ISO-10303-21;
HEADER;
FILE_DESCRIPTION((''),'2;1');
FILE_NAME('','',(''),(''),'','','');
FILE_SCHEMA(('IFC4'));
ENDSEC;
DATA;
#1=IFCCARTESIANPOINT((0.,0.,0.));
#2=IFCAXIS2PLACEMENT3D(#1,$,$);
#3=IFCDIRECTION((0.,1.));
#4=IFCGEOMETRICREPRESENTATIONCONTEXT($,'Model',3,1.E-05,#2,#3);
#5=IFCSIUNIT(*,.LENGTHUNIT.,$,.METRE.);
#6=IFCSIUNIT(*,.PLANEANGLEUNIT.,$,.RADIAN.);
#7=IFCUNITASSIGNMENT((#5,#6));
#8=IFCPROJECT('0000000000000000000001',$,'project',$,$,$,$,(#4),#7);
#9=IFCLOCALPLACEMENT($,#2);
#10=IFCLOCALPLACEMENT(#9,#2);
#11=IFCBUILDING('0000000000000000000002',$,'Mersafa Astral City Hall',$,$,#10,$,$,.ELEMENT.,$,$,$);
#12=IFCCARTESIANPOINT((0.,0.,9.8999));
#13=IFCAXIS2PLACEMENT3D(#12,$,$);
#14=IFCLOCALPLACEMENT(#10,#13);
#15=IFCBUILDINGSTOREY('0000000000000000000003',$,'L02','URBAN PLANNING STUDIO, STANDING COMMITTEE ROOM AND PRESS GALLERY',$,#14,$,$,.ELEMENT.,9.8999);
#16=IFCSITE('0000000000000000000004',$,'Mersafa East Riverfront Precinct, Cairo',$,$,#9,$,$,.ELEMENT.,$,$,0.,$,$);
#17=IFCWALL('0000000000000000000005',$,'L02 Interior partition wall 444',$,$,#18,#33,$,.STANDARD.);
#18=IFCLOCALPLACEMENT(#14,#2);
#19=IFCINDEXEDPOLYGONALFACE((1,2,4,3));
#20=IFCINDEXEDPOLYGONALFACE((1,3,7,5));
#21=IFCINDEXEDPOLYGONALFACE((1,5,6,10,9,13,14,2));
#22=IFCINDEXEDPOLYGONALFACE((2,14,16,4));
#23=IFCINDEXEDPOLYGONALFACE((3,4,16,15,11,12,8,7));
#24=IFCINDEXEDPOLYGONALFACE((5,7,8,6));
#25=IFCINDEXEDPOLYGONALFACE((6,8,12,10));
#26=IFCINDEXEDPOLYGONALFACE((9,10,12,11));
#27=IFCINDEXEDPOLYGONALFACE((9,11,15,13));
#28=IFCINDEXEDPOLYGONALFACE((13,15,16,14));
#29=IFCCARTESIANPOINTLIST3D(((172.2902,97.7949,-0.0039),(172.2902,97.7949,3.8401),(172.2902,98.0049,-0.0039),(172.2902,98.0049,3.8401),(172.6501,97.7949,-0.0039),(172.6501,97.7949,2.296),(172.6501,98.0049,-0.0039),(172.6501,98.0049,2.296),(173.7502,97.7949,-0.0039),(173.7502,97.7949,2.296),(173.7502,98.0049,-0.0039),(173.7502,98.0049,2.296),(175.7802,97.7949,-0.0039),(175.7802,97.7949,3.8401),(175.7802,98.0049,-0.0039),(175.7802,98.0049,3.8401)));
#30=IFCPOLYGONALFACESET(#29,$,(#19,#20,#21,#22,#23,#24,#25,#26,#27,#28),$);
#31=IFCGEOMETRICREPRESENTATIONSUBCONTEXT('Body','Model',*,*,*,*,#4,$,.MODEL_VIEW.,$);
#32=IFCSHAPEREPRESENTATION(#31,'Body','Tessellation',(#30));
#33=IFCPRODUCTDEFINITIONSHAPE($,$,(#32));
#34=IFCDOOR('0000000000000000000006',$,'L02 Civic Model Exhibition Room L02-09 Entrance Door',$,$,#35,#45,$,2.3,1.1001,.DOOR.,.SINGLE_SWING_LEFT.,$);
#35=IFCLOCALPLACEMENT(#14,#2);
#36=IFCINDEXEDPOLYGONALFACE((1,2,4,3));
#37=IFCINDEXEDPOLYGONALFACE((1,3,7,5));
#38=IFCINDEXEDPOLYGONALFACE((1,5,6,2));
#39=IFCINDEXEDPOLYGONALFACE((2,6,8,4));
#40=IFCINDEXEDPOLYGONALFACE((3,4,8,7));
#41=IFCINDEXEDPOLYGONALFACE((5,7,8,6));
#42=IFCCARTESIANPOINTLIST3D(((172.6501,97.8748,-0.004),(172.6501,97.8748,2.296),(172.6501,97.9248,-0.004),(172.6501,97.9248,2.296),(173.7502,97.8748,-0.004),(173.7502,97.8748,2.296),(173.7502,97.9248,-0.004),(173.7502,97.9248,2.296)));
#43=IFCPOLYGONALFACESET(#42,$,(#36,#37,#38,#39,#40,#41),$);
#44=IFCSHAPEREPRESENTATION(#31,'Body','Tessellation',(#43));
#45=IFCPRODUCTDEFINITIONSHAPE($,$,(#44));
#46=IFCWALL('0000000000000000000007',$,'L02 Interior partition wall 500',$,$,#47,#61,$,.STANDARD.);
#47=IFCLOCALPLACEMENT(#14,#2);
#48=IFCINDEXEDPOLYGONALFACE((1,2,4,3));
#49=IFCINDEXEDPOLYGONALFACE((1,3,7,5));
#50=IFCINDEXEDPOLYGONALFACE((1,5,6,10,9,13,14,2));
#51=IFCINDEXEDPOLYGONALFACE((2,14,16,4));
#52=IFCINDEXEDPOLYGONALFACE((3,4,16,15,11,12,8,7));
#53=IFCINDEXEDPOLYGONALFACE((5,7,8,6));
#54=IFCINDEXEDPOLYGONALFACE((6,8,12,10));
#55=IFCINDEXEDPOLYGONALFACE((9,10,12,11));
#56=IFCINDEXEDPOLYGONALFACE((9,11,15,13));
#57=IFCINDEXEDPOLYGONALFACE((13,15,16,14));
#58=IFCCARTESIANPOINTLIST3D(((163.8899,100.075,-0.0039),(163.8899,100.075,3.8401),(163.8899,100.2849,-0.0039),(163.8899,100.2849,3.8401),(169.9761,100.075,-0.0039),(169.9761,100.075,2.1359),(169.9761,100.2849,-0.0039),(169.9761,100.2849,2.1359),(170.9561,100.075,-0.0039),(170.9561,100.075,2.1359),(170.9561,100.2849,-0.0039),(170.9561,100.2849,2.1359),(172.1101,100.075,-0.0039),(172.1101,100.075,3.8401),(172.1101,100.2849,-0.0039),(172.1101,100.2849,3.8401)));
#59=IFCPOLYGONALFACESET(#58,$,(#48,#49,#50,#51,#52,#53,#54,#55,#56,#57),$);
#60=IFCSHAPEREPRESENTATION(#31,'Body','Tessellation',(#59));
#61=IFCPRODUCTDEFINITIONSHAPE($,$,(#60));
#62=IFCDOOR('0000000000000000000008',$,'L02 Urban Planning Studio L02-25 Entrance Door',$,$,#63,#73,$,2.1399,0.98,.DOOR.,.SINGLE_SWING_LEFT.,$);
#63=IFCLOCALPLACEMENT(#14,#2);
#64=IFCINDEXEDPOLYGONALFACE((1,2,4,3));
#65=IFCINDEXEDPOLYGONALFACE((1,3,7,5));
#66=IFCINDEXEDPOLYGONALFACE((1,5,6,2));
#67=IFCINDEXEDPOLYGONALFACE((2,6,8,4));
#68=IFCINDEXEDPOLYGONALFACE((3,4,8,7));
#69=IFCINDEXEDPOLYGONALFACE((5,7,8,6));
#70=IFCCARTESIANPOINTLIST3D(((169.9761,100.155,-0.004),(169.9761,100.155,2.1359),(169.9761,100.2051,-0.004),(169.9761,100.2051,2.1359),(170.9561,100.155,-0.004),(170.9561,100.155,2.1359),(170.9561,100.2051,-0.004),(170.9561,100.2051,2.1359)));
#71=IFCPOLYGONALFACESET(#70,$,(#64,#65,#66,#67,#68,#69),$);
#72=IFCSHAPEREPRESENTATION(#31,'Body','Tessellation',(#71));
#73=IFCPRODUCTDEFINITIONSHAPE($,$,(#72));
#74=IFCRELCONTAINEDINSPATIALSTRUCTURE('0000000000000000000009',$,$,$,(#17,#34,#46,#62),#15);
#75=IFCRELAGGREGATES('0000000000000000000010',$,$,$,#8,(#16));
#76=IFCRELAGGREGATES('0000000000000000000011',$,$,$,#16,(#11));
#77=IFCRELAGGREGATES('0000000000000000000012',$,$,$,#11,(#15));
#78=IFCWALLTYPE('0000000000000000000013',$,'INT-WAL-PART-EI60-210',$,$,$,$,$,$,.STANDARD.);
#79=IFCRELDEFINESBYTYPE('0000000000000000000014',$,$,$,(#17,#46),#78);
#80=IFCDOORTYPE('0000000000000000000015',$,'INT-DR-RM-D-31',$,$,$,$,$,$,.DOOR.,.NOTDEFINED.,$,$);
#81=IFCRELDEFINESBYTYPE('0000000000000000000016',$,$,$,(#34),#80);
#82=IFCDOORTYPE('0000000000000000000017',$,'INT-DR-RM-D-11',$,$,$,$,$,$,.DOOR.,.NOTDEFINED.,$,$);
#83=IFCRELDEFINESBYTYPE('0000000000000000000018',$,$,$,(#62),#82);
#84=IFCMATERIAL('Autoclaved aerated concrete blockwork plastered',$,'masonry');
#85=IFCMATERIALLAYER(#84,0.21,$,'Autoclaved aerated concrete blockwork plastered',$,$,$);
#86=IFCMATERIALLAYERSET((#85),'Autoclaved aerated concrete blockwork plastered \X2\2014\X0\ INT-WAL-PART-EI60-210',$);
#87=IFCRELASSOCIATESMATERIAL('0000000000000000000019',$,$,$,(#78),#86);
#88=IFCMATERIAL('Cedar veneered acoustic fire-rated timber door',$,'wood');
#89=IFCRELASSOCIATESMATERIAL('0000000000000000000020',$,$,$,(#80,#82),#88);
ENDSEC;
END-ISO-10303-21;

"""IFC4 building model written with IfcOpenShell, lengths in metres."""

from ifc_helpers import new_model, si_unit, direction, frame, frame_2d, origin, place, context, subcontext, project, spatial, rectangle, extrude, material, layer, layer_set, type_object, element, fill, save


model = new_model("IFC4")

# Units and contexts
model_context = context("Model", 3, precision=1e-05, world=origin(), true_north=direction((0.0, 1.0)))
body_context = subcontext(model_context, "Body", "Model", "MODEL_VIEW")
ifc_project = project(units=[si_unit("LENGTHUNIT", "METRE"), si_unit("PLANEANGLEUNIT", "RADIAN")], contexts=[model_context])

# Site, building, storey
site_placement = place(None, origin())
site = spatial("IfcSite", under=ifc_project, at=site_placement, Name="Mersafa East Riverfront Precinct, Cairo", CompositionType="ELEMENT", RefElevation=0.0)
building_placement = place(site_placement, origin())
building = spatial("IfcBuilding", under=site, at=building_placement, Name="Mersafa Astral City Hall", CompositionType="ELEMENT")
storey_placement = place(building_placement, frame((0.0, 0.0, 9.8999)))
storey = spatial("IfcBuildingStorey", under=building, at=storey_placement, Name="L02", Description="URBAN PLANNING STUDIO, STANDING COMMITTEE ROOM AND PRESS GALLERY", CompositionType="ELEMENT", Elevation=9.8999)

# Walls, openings, doors
ifc_material_1 = material(Name="Autoclaved aerated concrete blockwork plastered", Category="masonry")
ifc_layer_1 = layer(ifc_material_1, 0.21, Name="Autoclaved aerated concrete blockwork plastered")
ifc_layer_set_1 = layer_set([ifc_layer_1], Name="Autoclaved aerated concrete blockwork plastered — INT-WAL-PART-EI60-210")
wall_type_1 = type_object("IfcWallType", Name="INT-WAL-PART-EI60-210", PredefinedType="STANDARD", material=ifc_layer_set_1)
ifc_material_2 = material(Name="Cedar veneered acoustic fire-rated timber door", Category="wood")
wall_1_placement = place(storey_placement, frame((172.29, 97.8999, -0.0039), z_axis=(0.0, 0.0, 1.0), x_axis=(1.0, 0.0, 0.0)))
wall_1 = element("IfcWall", 1, at=wall_1_placement, inside=storey, type_object=wall_type_1, Name="L02 Interior partition wall 444", PredefinedType="STANDARD", context=body_context, shape_type="SweptSolid", body=[
    extrude(rectangle(XDim=3.49, YDim=0.21, at=frame_2d((1.7451, 0.0))), origin(), (0.0, 0.0, 1.0), 3.844),
])
opening_1_placement = place(wall_1_placement, frame((0.3601, 0.0, 0.0)))
opening_1 = element("IfcOpeningElement", 2, at=opening_1_placement, cuts=wall_1, PredefinedType="OPENING", context=body_context, shape_type="SweptSolid", body=[
    extrude(rectangle(XDim=1.1001, YDim=2.3, at=frame_2d((0.55, 1.1499))), frame((0.0, 0.115, 0.0), z_axis=(0.0, -1.0, 0.0), x_axis=(1.0, 0.0, 0.0)), (0.0, 0.0, 1.0), 0.23),
])
door_type_1 = type_object("IfcDoorType", Name="INT-DR-RM-D-31", OperationType="NOTDEFINED", PredefinedType="DOOR", material=ifc_material_2)
door_1_placement = place(opening_1_placement, origin())
door_1 = element("IfcDoor", 3, at=door_1_placement, inside=storey, type_object=door_type_1, Name="L02 Civic Model Exhibition Room L02-09 Entrance Door", OperationType="SINGLE_SWING_LEFT", OverallHeight=2.3, OverallWidth=1.1001, PredefinedType="DOOR", context=body_context, shape_type="SweptSolid", body=[
    extrude(rectangle(XDim=1.1001, YDim=2.3, at=frame_2d((0.55, 1.1499))), frame((0.0, 0.0249, 0.0), z_axis=(0.0, -1.0, 0.0), x_axis=(1.0, 0.0, 0.0)), (0.0, 0.0, 1.0), 0.05),
])
fill(opening_1, door_1)
wall_2_placement = place(storey_placement, frame((172.1101, 100.1799, -0.0039), z_axis=(0.0, 0.0, 1.0), x_axis=(-1.0, 0.0, 0.0)))
wall_2 = element("IfcWall", 4, at=wall_2_placement, inside=storey, type_object=wall_type_1, Name="L02 Interior partition wall 500", PredefinedType="STANDARD", context=body_context, shape_type="SweptSolid", body=[
    extrude(rectangle(XDim=8.2202, YDim=0.21, at=frame_2d((4.1101, 0.0))), origin(), (0.0, 0.0, 1.0), 3.844),
])
opening_2_placement = place(wall_2_placement, frame((1.1541, 0.0, 0.0)))
opening_2 = element("IfcOpeningElement", 5, at=opening_2_placement, cuts=wall_2, PredefinedType="OPENING", context=body_context, shape_type="SweptSolid", body=[
    extrude(rectangle(XDim=0.98, YDim=2.1399, at=frame_2d((0.49, 1.0698))), frame((0.0, 0.115, 0.0), z_axis=(0.0, -1.0, 0.0), x_axis=(1.0, 0.0, 0.0)), (0.0, 0.0, 1.0), 0.23),
])
door_type_2 = type_object("IfcDoorType", Name="INT-DR-RM-D-11", OperationType="NOTDEFINED", PredefinedType="DOOR", material=ifc_material_2)
door_2_placement = place(opening_2_placement, origin())
door_2 = element("IfcDoor", 6, at=door_2_placement, inside=storey, type_object=door_type_2, Name="L02 Urban Planning Studio L02-25 Entrance Door", OperationType="SINGLE_SWING_LEFT", OverallHeight=2.1399, OverallWidth=0.98, PredefinedType="DOOR", context=body_context, shape_type="SweptSolid", body=[
    extrude(rectangle(XDim=0.98, YDim=2.1399, at=frame_2d((0.49, 1.0698))), frame((0.0, 0.0249, 0.0), z_axis=(0.0, -1.0, 0.0), x_axis=(1.0, 0.0, 0.0)), (0.0, 0.0, 1.0), 0.05),
])
fill(opening_2, door_2)

save(model, "model.ifc")
